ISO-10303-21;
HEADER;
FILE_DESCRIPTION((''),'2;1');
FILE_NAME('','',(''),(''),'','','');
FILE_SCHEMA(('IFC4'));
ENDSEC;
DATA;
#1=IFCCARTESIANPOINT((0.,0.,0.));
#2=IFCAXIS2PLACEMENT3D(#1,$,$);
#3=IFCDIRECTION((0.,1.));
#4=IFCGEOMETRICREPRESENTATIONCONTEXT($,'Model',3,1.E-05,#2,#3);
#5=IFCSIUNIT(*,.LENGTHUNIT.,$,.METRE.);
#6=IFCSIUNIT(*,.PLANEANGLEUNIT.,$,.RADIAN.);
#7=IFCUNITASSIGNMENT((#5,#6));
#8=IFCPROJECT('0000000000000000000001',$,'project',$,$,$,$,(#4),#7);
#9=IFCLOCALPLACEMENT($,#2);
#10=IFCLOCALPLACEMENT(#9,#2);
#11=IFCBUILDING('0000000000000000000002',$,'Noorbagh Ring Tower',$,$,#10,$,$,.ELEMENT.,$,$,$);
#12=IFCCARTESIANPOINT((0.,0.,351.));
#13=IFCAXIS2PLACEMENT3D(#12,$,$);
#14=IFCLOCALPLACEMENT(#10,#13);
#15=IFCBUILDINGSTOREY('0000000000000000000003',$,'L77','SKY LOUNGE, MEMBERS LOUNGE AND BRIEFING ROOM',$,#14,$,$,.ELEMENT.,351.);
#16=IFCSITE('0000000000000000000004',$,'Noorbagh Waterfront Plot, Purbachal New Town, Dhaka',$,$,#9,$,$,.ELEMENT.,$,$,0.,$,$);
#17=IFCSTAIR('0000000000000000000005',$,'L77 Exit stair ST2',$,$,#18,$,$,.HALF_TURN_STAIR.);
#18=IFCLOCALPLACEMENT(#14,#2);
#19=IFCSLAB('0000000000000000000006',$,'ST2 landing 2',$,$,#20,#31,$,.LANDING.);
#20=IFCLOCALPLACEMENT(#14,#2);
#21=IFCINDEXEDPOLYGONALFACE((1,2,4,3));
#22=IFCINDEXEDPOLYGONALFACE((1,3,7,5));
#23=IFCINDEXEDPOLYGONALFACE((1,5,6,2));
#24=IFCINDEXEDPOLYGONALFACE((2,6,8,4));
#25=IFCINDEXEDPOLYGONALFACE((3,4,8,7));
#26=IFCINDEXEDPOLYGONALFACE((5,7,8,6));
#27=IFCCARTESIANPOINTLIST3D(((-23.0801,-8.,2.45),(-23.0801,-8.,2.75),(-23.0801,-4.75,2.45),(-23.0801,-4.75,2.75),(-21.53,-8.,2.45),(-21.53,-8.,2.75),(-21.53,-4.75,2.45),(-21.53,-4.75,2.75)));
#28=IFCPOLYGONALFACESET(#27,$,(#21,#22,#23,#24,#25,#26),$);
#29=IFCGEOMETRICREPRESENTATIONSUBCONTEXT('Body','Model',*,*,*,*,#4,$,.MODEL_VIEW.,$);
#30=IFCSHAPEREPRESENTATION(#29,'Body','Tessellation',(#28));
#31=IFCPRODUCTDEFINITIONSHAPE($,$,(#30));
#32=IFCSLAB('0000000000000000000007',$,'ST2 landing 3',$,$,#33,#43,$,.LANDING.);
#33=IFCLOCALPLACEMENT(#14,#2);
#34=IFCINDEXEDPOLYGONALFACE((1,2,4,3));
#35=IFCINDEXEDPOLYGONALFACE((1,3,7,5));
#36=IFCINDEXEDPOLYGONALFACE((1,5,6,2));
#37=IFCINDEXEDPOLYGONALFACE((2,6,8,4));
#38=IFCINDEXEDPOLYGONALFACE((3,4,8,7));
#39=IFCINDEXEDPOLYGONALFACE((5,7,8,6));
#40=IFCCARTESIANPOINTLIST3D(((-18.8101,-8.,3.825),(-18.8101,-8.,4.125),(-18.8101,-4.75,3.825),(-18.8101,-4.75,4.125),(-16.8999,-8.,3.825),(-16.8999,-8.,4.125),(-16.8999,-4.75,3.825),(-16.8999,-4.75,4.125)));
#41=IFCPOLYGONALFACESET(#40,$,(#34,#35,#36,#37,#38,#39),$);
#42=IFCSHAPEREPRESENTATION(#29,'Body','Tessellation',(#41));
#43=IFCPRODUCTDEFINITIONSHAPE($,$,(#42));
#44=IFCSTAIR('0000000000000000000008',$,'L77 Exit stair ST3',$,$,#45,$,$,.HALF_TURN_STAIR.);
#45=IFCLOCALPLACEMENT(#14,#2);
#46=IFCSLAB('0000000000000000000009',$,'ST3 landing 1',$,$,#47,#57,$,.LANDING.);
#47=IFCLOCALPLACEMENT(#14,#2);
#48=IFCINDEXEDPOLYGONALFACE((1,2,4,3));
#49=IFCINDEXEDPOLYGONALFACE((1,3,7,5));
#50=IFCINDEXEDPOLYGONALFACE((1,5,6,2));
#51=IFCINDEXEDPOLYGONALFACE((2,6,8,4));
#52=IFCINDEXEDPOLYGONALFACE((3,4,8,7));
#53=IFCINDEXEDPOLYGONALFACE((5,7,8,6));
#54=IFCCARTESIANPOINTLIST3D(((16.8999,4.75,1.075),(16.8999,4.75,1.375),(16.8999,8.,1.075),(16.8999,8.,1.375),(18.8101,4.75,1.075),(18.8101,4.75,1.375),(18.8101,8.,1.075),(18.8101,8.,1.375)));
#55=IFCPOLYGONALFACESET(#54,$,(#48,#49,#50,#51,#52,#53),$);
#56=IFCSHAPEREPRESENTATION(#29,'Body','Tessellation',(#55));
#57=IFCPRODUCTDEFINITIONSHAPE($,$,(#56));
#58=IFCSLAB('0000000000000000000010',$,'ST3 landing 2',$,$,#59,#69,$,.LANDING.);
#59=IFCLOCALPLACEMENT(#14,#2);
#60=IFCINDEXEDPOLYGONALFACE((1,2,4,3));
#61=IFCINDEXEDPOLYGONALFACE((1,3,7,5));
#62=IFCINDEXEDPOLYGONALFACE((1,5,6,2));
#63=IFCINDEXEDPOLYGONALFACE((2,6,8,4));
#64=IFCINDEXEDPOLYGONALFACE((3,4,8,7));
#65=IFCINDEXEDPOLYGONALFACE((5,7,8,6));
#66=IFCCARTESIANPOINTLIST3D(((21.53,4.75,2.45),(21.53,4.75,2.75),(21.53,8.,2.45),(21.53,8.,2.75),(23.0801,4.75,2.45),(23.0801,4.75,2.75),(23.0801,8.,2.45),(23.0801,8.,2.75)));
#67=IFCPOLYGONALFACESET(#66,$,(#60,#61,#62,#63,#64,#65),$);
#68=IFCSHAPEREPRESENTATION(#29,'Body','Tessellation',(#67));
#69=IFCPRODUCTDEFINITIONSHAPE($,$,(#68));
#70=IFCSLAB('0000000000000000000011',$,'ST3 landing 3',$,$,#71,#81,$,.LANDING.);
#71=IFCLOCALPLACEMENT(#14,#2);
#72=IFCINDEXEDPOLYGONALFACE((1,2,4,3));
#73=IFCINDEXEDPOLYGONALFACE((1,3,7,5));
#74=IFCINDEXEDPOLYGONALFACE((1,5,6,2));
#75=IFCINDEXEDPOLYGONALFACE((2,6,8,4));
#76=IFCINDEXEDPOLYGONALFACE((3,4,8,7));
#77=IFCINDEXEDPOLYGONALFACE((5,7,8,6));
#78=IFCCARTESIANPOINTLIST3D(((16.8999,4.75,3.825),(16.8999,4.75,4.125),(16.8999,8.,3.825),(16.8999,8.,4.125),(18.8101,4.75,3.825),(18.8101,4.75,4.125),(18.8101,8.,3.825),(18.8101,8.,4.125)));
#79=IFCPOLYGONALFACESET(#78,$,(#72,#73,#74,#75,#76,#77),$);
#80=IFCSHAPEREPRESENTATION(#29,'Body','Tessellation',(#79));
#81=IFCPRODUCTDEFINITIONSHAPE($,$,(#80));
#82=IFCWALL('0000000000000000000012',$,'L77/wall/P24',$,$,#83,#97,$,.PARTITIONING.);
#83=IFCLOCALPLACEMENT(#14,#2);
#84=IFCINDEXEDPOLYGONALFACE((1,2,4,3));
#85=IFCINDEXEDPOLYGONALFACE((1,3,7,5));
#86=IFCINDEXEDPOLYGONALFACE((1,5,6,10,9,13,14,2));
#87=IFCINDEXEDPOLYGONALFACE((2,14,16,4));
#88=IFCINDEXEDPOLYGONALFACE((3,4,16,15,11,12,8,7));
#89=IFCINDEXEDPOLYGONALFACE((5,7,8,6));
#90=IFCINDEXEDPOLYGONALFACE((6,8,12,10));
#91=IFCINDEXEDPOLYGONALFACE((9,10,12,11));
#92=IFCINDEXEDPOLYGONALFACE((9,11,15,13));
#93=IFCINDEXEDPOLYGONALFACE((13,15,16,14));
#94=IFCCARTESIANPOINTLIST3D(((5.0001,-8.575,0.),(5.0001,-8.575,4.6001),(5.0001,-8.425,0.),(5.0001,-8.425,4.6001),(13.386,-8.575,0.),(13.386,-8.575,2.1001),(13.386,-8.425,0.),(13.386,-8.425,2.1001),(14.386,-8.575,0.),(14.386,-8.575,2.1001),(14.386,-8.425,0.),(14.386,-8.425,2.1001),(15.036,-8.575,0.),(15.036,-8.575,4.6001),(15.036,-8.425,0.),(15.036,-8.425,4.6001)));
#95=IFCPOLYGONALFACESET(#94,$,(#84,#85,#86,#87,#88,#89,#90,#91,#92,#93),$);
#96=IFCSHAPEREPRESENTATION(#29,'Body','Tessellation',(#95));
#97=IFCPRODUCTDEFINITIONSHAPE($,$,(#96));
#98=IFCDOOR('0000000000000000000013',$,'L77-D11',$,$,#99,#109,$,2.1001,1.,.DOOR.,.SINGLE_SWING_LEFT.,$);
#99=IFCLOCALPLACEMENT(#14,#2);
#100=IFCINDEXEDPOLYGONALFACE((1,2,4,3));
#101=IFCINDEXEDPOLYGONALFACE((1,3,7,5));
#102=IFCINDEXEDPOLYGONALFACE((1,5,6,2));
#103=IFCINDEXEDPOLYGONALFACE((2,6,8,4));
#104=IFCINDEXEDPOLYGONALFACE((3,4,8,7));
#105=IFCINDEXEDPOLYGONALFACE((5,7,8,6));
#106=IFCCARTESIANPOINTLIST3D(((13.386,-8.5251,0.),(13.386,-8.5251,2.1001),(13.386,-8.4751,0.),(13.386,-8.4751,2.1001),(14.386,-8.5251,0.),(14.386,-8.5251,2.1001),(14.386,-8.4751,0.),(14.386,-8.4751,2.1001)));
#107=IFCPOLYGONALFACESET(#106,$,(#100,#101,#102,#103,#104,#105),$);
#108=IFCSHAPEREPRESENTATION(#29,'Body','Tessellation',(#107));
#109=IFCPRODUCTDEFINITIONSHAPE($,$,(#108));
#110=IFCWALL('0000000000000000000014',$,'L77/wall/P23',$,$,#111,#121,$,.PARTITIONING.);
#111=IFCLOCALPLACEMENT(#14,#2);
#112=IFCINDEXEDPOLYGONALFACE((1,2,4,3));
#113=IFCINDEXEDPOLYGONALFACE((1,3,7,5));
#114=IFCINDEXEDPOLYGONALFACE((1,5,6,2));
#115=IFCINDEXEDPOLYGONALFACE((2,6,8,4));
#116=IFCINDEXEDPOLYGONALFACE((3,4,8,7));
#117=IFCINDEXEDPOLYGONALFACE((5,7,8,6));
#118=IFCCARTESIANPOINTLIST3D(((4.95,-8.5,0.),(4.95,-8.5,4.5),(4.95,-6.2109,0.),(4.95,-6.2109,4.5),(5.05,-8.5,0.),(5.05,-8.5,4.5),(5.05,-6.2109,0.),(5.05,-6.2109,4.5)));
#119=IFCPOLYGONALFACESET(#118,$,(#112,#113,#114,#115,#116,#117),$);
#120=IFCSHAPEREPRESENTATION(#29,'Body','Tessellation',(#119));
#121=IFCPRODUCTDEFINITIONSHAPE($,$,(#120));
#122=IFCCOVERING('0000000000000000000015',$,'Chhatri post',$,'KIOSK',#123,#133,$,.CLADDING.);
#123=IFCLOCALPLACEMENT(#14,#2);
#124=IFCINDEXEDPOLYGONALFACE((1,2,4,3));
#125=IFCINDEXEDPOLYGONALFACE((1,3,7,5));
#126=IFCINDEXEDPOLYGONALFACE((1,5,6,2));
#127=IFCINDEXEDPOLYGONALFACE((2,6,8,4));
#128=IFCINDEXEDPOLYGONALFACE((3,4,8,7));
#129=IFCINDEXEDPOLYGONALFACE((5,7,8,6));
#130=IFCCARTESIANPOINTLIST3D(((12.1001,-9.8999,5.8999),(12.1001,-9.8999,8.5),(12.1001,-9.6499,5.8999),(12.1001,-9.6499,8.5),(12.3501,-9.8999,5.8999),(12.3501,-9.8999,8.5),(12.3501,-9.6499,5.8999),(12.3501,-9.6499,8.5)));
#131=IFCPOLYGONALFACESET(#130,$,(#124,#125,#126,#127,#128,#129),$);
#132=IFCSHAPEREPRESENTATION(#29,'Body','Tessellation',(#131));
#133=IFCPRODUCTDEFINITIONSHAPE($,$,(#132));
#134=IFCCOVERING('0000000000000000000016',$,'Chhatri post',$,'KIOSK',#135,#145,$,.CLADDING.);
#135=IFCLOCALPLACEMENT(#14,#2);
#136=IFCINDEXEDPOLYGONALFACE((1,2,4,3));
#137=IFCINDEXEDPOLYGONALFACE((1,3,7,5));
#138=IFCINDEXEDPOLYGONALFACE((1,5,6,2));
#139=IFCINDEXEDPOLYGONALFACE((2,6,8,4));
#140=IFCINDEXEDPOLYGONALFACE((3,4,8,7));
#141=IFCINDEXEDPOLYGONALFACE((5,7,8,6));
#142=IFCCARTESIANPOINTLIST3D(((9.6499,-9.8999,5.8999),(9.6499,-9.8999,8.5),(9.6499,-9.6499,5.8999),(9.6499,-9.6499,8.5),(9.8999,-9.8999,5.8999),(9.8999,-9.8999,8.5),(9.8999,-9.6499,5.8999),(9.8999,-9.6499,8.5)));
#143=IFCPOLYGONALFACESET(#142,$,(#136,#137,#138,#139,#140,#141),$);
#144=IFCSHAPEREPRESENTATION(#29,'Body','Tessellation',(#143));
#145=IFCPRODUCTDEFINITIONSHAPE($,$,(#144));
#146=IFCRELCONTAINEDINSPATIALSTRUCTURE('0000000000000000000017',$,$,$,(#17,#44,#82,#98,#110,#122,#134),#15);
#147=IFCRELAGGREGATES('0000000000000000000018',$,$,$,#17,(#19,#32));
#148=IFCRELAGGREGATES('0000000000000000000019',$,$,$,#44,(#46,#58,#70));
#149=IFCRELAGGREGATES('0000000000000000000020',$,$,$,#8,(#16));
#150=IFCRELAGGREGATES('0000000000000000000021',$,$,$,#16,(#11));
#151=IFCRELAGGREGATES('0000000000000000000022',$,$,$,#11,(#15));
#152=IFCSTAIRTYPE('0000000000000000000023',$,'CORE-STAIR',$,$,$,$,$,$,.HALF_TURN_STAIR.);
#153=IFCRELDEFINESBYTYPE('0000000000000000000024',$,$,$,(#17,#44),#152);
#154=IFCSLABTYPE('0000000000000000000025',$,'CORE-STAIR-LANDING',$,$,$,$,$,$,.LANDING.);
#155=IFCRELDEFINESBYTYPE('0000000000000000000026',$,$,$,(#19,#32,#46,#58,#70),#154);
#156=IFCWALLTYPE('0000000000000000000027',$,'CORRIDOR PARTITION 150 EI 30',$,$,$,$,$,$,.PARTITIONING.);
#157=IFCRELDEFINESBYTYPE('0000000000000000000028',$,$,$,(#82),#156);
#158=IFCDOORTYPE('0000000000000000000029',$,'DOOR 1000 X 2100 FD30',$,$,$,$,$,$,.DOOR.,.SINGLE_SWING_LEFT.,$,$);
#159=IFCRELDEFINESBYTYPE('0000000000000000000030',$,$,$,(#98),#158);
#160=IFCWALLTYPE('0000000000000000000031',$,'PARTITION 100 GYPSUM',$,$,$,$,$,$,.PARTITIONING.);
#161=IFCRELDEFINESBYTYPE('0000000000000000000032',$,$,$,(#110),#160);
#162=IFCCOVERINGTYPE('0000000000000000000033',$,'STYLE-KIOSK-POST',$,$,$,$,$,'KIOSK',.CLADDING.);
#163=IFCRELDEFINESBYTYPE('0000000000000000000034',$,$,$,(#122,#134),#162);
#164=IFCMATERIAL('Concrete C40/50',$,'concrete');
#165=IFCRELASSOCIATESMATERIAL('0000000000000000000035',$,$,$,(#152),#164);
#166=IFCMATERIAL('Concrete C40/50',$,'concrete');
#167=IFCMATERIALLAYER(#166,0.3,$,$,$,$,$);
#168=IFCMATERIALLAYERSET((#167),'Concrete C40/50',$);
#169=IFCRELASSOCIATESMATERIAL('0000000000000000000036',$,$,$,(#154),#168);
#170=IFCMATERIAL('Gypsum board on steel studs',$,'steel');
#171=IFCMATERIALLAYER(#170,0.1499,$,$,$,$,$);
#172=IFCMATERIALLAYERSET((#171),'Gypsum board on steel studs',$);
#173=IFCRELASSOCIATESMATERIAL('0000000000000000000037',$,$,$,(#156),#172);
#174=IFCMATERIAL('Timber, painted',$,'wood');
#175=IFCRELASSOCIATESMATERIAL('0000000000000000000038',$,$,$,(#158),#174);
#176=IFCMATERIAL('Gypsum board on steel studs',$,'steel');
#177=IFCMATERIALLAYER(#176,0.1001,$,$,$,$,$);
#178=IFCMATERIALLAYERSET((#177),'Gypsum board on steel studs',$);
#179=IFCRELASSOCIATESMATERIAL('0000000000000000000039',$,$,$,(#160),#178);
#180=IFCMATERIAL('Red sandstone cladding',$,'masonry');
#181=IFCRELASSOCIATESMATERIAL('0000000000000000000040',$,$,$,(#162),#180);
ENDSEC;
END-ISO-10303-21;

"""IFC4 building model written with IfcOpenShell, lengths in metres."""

from ifc_helpers import new_model, si_unit, direction, frame, frame_2d, origin, origin_2d, place, context, subcontext, project, spatial, polyline, rectangle, outline, extrude, material, layer, layer_set, type_object, element, fill, aggregate, save


model = new_model("IFC4")

# Units and contexts
model_context = context("Model", 3, precision=1e-05, world=origin(), true_north=direction((0.0, 1.0)))
body_context = subcontext(model_context, "Body", "Model", "MODEL_VIEW")
ifc_project = project(units=[si_unit("LENGTHUNIT", "METRE"), si_unit("PLANEANGLEUNIT", "RADIAN")], contexts=[model_context])

# Site, building, storey
site_placement = place(None, origin())
site = spatial("IfcSite", under=ifc_project, at=site_placement, Name="Noorbagh Waterfront Plot, Purbachal New Town, Dhaka", CompositionType="ELEMENT", RefElevation=0.0)
building_placement = place(site_placement, origin())
building = spatial("IfcBuilding", under=site, at=building_placement, Name="Noorbagh Ring Tower", CompositionType="ELEMENT")
storey_placement = place(building_placement, frame((0.0, 0.0, 351.0)))
storey = spatial("IfcBuildingStorey", under=building, at=storey_placement, Name="L77", Description="SKY LOUNGE, MEMBERS LOUNGE AND BRIEFING ROOM", CompositionType="ELEMENT", Elevation=351.0)

# Stairs, slabs
ifc_material_1 = material(Name="Concrete C40/50", Category="concrete")
stair_type = type_object("IfcStairType", Name="CORE-STAIR", PredefinedType="HALF_TURN_STAIR", material=ifc_material_1)
ifc_material_2 = material(Name="Concrete C40/50", Category="concrete")
ifc_layer_1 = layer(ifc_material_2, 0.3)
ifc_layer_set_1 = layer_set([ifc_layer_1], Name="Concrete C40/50")
slab_type = type_object("IfcSlabType", Name="CORE-STAIR-LANDING", PredefinedType="LANDING", material=ifc_layer_set_1)
stair_1_placement = place(storey_placement, origin())
stair_1 = element("IfcStair", 1, at=stair_1_placement, inside=storey, type_object=stair_type, Name="L77 Exit stair ST2", PredefinedType="HALF_TURN_STAIR")
slab_1_placement = place(storey_placement, frame((0.0, 0.0, 2.45)))
slab_1 = element("IfcSlab", 2, at=slab_1_placement, type_object=slab_type, Name="ST2 landing 2", PredefinedType="LANDING", context=body_context, shape_type="SweptSolid", body=[
    extrude(outline(polyline([(-23.0801, -8.0), (-21.53, -8.0), (-21.53, -4.75), (-23.0801, -4.75), (-23.0801, -8.0)])), origin(), (0.0, 0.0, 1.0), 0.3),
])
slab_2_placement = place(storey_placement, frame((0.0, 0.0, 3.825)))
slab_2 = element("IfcSlab", 3, at=slab_2_placement, type_object=slab_type, Name="ST2 landing 3", PredefinedType="LANDING", context=body_context, shape_type="SweptSolid", body=[
    extrude(outline(polyline([(-18.8101, -8.0), (-16.8999, -8.0), (-16.8999, -4.75), (-18.8101, -4.75), (-18.8101, -8.0)])), origin(), (0.0, 0.0, 1.0), 0.3),
])
aggregate(stair_1, [slab_1, slab_2])
stair_2_placement = place(storey_placement, origin())
stair_2 = element("IfcStair", 4, at=stair_2_placement, inside=storey, type_object=stair_type, Name="L77 Exit stair ST3", PredefinedType="HALF_TURN_STAIR")
slab_3_placement = place(storey_placement, frame((0.0, 0.0, 1.075)))
slab_3 = element("IfcSlab", 5, at=slab_3_placement, type_object=slab_type, Name="ST3 landing 1", PredefinedType="LANDING", context=body_context, shape_type="SweptSolid", body=[
    extrude(outline(polyline([(18.8101, 8.0), (16.8999, 8.0), (16.8999, 4.75), (18.8101, 4.75), (18.8101, 8.0)])), origin(), (0.0, 0.0, 1.0), 0.3),
])
slab_4_placement = place(storey_placement, frame((0.0, 0.0, 2.45)))
slab_4 = element("IfcSlab", 6, at=slab_4_placement, type_object=slab_type, Name="ST3 landing 2", PredefinedType="LANDING", context=body_context, shape_type="SweptSolid", body=[
    extrude(outline(polyline([(23.0801, 8.0), (21.53, 8.0), (21.53, 4.75), (23.0801, 4.75), (23.0801, 8.0)])), origin(), (0.0, 0.0, 1.0), 0.3),
])
slab_5_placement = place(storey_placement, frame((0.0, 0.0, 3.825)))
slab_5 = element("IfcSlab", 7, at=slab_5_placement, type_object=slab_type, Name="ST3 landing 3", PredefinedType="LANDING", context=body_context, shape_type="SweptSolid", body=[
    extrude(outline(polyline([(18.8101, 8.0), (16.8999, 8.0), (16.8999, 4.75), (18.8101, 4.75), (18.8101, 8.0)])), origin(), (0.0, 0.0, 1.0), 0.3),
])
aggregate(stair_2, [slab_3, slab_4, slab_5])

# Wall, opening, door
ifc_material_3 = material(Name="Gypsum board on steel studs", Category="steel")
ifc_layer_2 = layer(ifc_material_3, 0.1499)
ifc_layer_set_2 = layer_set([ifc_layer_2], Name="Gypsum board on steel studs")
wall_type_1 = type_object("IfcWallType", Name="CORRIDOR PARTITION 150 EI 30", PredefinedType="PARTITIONING", material=ifc_layer_set_2)
wall_1_placement = place(storey_placement, frame((5.0, -8.5, 0.0), z_axis=(0.0, 0.0, 1.0), x_axis=(1.0, 0.0, 0.0)))
wall_1 = element("IfcWall", 8, at=wall_1_placement, inside=storey, type_object=wall_type_1, Name="L77/wall/P24", PredefinedType="PARTITIONING", context=body_context, shape_type="SweptSolid", body=[
    extrude(rectangle(XDim=10.0359, YDim=0.1499, at=frame_2d((5.0181, 0.0))), origin(), (0.0, 0.0, 1.0), 4.6001),
])
opening_placement = place(wall_1_placement, frame((8.386, 0.0, 0.0)))
opening = element("IfcOpeningElement", 9, at=opening_placement, cuts=wall_1, PredefinedType="OPENING", context=body_context, shape_type="SweptSolid", body=[
    extrude(rectangle(XDim=1.0, YDim=2.1001, at=frame_2d((0.5, 1.05))), frame((0.0, 0.085, 0.0), z_axis=(0.0, -1.0, 0.0), x_axis=(1.0, 0.0, 0.0)), (0.0, 0.0, 1.0), 0.1699),
])
ifc_material_4 = material(Name="Timber, painted", Category="wood")
door_type = type_object("IfcDoorType", Name="DOOR 1000 X 2100 FD30", OperationType="SINGLE_SWING_LEFT", PredefinedType="DOOR", material=ifc_material_4)
door_placement = place(opening_placement, origin())
door = element("IfcDoor", 10, at=door_placement, inside=storey, type_object=door_type, Name="L77-D11", OperationType="SINGLE_SWING_LEFT", OverallHeight=2.1001, OverallWidth=1.0, PredefinedType="DOOR", context=body_context, shape_type="SweptSolid", body=[
    extrude(rectangle(XDim=1.0, YDim=2.1001, at=frame_2d((0.5, 1.05))), frame((0.0, 0.0249, 0.0), z_axis=(0.0, -1.0, 0.0), x_axis=(1.0, 0.0, 0.0)), (0.0, 0.0, 1.0), 0.05),
])
fill(opening, door)

# Wall
ifc_material_5 = material(Name="Gypsum board on steel studs", Category="steel")
ifc_layer_3 = layer(ifc_material_5, 0.1001)
ifc_layer_set_3 = layer_set([ifc_layer_3], Name="Gypsum board on steel studs")
wall_type_2 = type_object("IfcWallType", Name="PARTITION 100 GYPSUM", PredefinedType="PARTITIONING", material=ifc_layer_set_3)
wall_2_placement = place(storey_placement, frame((5.0, -8.5, 0.0), z_axis=(0.0, 0.0, 1.0), x_axis=(0.0, 1.0, 0.0)))
element("IfcWall", 11, at=wall_2_placement, inside=storey, type_object=wall_type_2, Name="L77/wall/P23", PredefinedType="PARTITIONING", context=body_context, shape_type="SweptSolid", body=[
    extrude(rectangle(XDim=2.2891, YDim=0.1001, at=frame_2d((1.1445, 0.0))), origin(), (0.0, 0.0, 1.0), 4.5),
])

# Coverings
ifc_material_6 = material(Name="Red sandstone cladding", Category="masonry")
covering_type = type_object("IfcCoveringType", Name="STYLE-KIOSK-POST", ElementType="KIOSK", PredefinedType="CLADDING", material=ifc_material_6)
for number, where, z_axis, x_axis, name in (
    (12, (12.2251, -9.7749, 5.8999), (0.0, 0.0, 1.0), (1.0, 0.0, 0.0), "Chhatri post"),
    (13, (9.7749, -9.7749, 5.8999), (0.0, 0.0, 1.0), (1.0, 0.0, 0.0), "Chhatri post"),
):
    element("IfcCovering", number, at=place(storey_placement, frame(where, z_axis=z_axis, x_axis=x_axis)), inside=storey, type_object=covering_type, Name=name, ObjectType="KIOSK", PredefinedType="CLADDING", context=body_context, shape_type="SweptSolid", body=[
        extrude(rectangle(XDim=0.25, YDim=0.25, at=origin_2d()), origin(), (0.0, 0.0, 1.0), 2.6001),
    ])

save(model, "model.ifc")
